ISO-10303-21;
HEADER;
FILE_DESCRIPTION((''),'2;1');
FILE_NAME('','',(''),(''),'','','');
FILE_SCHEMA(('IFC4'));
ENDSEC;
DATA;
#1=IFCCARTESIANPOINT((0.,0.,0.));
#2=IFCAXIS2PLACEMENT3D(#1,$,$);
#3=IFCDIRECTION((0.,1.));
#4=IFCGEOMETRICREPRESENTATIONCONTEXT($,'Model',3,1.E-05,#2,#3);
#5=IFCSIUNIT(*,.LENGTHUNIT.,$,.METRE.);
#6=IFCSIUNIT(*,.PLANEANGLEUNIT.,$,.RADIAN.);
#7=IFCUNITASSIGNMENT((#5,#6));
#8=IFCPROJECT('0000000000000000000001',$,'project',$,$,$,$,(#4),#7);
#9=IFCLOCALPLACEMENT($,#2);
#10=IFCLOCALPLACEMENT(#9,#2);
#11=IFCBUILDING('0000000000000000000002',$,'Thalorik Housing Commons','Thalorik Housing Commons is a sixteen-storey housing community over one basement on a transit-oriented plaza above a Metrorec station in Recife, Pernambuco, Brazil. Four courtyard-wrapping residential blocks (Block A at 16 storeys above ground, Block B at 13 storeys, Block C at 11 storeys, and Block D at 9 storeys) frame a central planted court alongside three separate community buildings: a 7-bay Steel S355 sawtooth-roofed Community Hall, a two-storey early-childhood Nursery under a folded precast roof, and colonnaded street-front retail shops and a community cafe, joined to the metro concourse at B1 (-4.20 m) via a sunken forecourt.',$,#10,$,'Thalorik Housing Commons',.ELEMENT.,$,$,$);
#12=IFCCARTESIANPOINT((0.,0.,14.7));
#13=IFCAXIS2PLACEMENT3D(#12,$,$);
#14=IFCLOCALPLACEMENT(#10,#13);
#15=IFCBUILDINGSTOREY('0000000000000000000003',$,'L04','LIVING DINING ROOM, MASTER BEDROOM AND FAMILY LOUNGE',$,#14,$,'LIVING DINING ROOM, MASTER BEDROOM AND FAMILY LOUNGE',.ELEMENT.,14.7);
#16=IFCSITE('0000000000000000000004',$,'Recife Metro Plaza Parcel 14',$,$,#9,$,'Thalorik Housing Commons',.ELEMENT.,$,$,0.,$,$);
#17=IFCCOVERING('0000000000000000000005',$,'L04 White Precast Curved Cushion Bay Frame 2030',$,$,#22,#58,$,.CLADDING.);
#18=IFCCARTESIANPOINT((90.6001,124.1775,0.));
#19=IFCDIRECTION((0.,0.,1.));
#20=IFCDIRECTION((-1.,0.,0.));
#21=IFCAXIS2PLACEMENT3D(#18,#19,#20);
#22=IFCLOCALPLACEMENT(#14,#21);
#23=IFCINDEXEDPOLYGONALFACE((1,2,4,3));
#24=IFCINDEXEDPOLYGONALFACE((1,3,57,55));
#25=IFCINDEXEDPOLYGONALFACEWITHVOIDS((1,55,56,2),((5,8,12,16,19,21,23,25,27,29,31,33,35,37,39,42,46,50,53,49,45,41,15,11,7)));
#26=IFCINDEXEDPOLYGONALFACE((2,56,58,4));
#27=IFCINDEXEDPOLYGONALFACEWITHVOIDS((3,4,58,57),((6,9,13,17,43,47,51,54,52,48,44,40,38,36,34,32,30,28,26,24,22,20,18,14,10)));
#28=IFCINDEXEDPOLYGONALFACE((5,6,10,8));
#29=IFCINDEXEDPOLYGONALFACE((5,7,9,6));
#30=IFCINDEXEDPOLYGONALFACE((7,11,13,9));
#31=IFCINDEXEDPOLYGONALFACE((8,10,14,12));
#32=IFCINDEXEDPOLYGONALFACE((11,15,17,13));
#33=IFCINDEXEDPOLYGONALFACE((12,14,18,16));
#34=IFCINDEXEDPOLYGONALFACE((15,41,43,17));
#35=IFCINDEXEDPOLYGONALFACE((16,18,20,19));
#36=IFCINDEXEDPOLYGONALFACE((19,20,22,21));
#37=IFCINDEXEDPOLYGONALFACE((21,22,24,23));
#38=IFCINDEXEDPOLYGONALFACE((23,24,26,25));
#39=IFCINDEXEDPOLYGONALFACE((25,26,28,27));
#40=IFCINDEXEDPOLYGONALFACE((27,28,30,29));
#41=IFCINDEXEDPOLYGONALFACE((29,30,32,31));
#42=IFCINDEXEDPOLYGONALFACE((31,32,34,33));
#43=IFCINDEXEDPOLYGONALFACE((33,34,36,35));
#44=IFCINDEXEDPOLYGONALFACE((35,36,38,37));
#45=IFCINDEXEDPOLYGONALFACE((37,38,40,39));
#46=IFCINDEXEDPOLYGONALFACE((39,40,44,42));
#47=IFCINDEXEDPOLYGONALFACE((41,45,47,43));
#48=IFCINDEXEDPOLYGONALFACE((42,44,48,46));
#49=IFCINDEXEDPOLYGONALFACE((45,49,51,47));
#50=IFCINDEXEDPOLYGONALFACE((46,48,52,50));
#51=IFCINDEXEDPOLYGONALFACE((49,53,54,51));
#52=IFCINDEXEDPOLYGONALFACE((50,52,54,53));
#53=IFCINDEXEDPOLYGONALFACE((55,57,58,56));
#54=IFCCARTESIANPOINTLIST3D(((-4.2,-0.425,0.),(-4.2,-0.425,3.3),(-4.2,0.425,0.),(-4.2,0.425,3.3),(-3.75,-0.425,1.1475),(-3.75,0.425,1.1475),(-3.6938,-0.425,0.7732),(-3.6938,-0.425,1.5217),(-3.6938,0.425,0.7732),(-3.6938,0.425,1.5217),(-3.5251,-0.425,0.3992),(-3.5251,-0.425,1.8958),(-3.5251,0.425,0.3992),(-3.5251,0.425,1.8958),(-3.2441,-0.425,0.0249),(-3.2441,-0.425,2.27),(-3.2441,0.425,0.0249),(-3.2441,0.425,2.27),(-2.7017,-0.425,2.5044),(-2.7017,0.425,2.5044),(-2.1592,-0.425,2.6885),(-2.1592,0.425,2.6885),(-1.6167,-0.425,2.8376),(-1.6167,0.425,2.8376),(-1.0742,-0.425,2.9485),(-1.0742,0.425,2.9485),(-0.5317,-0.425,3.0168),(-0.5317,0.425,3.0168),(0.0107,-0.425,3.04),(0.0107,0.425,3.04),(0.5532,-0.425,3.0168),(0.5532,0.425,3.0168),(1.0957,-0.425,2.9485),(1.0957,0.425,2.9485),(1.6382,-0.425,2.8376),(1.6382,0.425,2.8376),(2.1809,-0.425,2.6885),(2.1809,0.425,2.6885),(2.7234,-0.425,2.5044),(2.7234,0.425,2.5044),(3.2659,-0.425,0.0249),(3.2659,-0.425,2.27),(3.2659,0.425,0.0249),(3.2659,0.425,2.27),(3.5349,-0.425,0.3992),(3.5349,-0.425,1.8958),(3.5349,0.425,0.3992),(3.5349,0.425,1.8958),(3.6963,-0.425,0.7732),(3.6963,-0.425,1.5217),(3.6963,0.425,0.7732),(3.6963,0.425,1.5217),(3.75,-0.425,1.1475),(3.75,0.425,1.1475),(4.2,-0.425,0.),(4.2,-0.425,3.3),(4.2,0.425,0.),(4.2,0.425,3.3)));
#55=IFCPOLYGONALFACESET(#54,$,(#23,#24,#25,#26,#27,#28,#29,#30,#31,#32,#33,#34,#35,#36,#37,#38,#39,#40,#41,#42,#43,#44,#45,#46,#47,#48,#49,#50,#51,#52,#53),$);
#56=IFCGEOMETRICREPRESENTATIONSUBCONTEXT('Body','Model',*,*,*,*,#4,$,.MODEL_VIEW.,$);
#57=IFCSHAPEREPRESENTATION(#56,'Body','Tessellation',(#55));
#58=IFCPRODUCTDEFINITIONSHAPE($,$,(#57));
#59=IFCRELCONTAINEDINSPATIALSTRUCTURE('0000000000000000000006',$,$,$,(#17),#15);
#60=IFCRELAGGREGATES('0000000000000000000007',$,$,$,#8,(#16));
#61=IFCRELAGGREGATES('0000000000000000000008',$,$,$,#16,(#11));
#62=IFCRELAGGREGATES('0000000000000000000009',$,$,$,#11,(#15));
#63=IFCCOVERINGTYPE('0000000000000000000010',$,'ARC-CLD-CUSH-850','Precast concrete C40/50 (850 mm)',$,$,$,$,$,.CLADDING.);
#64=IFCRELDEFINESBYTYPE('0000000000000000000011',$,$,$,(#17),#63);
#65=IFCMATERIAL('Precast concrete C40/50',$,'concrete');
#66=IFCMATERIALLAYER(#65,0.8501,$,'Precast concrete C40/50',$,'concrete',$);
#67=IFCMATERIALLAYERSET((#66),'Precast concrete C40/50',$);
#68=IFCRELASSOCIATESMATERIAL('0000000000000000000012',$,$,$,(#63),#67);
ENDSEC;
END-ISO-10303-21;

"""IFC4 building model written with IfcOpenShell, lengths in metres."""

from ifc_helpers import new_model, si_unit, direction, frame, origin, place, context, subcontext, project, spatial, polyline, outline, extrude, material, layer, layer_set, type_object, element, save


model = new_model("IFC4")

# Units and contexts
model_context = context("Model", 3, precision=1e-05, world=origin(), true_north=direction((0.0, 1.0)))
body_context = subcontext(model_context, "Body", "Model", "MODEL_VIEW")
ifc_project = project(units=[si_unit("LENGTHUNIT", "METRE"), si_unit("PLANEANGLEUNIT", "RADIAN")], contexts=[model_context])

# Site, building, storey
site_placement = place(None, origin())
site = spatial("IfcSite", under=ifc_project, at=site_placement, Name="Recife Metro Plaza Parcel 14", LongName="Thalorik Housing Commons", CompositionType="ELEMENT", RefElevation=0.0)
building_placement = place(site_placement, origin())
building = spatial("IfcBuilding", under=site, at=building_placement, Name="Thalorik Housing Commons", Description="Thalorik Housing Commons is a sixteen-storey housing community over one basement on a transit-oriented plaza above a Metrorec station in Recife, Pernambuco, Brazil. Four courtyard-wrapping residential blocks (Block A at 16 storeys above ground, Block B at 13 storeys, Block C at 11 storeys, and Block D at 9 storeys) frame a central planted court alongside three separate community buildings: a 7-bay Steel S355 sawtooth-roofed Community Hall, a two-storey early-childhood Nursery under a folded precast roof, and colonnaded street-front retail shops and a community cafe, joined to the metro concourse at B1 (-4.20 m) via a sunken forecourt.", LongName="Thalorik Housing Commons", CompositionType="ELEMENT")
storey_placement = place(building_placement, frame((0.0, 0.0, 14.7)))
storey = spatial("IfcBuildingStorey", under=building, at=storey_placement, Name="L04", Description="LIVING DINING ROOM, MASTER BEDROOM AND FAMILY LOUNGE", LongName="LIVING DINING ROOM, MASTER BEDROOM AND FAMILY LOUNGE", CompositionType="ELEMENT", Elevation=14.7)

# Shared definitions
ifc_material_1 = material(Name="Precast concrete C40/50", Category="concrete")

# Covering
ifc_layer_1 = layer(ifc_material_1, 0.8501, Name="Precast concrete C40/50", Category="concrete")
ifc_layer_set_1 = layer_set([ifc_layer_1], Name="Precast concrete C40/50")
covering_type_1 = type_object("IfcCoveringType", Name="ARC-CLD-CUSH-850", Description="Precast concrete C40/50 (850 mm)", PredefinedType="CLADDING", material=ifc_layer_set_1)
covering_1_placement = place(storey_placement, frame((90.6001, 124.1775, 0.0), z_axis=(0.0, 0.0, 1.0), x_axis=(-1.0, 0.0, 0.0)))
element("IfcCovering", 1, at=covering_1_placement, inside=storey, type_object=covering_type_1, Name="L04 White Precast Curved Cushion Bay Frame 2030", PredefinedType="CLADDING", context=body_context, shape_type="SweptSolid", body=[
    extrude(outline(polyline([(-4.2, 0.0), (4.2, 0.0), (4.2, 3.3), (-4.2, 3.3), (-4.2, 0.0)]), holes=[polyline([(3.2659, 0.0249), (3.5349, 0.3992), (3.6963, 0.7732), (3.75, 1.1475), (3.6963, 1.5217), (3.5349, 1.8958), (3.2659, 2.27), (2.7234, 2.5044), (2.1809, 2.6885), (1.6382, 2.8376), (1.0957, 2.9485), (0.5532, 3.0168), (0.0107, 3.04), (-0.5317, 3.0168), (-1.0742, 2.9485), (-1.6167, 2.8376), (-2.1592, 2.6885), (-2.7017, 2.5044), (-3.2441, 2.27), (-3.5251, 1.8958), (-3.6938, 1.5217), (-3.75, 1.1475), (-3.6938, 0.7732), (-3.5251, 0.3992), (-3.2441, 0.0249), (3.2659, 0.0249)])]), frame((0.0, 0.425, 0.0), z_axis=(0.0, -1.0, 0.0), x_axis=(1.0, 0.0, 0.0)), (0.0, 0.0, 1.0), 0.8501),
])

save(model, "model.ifc")
